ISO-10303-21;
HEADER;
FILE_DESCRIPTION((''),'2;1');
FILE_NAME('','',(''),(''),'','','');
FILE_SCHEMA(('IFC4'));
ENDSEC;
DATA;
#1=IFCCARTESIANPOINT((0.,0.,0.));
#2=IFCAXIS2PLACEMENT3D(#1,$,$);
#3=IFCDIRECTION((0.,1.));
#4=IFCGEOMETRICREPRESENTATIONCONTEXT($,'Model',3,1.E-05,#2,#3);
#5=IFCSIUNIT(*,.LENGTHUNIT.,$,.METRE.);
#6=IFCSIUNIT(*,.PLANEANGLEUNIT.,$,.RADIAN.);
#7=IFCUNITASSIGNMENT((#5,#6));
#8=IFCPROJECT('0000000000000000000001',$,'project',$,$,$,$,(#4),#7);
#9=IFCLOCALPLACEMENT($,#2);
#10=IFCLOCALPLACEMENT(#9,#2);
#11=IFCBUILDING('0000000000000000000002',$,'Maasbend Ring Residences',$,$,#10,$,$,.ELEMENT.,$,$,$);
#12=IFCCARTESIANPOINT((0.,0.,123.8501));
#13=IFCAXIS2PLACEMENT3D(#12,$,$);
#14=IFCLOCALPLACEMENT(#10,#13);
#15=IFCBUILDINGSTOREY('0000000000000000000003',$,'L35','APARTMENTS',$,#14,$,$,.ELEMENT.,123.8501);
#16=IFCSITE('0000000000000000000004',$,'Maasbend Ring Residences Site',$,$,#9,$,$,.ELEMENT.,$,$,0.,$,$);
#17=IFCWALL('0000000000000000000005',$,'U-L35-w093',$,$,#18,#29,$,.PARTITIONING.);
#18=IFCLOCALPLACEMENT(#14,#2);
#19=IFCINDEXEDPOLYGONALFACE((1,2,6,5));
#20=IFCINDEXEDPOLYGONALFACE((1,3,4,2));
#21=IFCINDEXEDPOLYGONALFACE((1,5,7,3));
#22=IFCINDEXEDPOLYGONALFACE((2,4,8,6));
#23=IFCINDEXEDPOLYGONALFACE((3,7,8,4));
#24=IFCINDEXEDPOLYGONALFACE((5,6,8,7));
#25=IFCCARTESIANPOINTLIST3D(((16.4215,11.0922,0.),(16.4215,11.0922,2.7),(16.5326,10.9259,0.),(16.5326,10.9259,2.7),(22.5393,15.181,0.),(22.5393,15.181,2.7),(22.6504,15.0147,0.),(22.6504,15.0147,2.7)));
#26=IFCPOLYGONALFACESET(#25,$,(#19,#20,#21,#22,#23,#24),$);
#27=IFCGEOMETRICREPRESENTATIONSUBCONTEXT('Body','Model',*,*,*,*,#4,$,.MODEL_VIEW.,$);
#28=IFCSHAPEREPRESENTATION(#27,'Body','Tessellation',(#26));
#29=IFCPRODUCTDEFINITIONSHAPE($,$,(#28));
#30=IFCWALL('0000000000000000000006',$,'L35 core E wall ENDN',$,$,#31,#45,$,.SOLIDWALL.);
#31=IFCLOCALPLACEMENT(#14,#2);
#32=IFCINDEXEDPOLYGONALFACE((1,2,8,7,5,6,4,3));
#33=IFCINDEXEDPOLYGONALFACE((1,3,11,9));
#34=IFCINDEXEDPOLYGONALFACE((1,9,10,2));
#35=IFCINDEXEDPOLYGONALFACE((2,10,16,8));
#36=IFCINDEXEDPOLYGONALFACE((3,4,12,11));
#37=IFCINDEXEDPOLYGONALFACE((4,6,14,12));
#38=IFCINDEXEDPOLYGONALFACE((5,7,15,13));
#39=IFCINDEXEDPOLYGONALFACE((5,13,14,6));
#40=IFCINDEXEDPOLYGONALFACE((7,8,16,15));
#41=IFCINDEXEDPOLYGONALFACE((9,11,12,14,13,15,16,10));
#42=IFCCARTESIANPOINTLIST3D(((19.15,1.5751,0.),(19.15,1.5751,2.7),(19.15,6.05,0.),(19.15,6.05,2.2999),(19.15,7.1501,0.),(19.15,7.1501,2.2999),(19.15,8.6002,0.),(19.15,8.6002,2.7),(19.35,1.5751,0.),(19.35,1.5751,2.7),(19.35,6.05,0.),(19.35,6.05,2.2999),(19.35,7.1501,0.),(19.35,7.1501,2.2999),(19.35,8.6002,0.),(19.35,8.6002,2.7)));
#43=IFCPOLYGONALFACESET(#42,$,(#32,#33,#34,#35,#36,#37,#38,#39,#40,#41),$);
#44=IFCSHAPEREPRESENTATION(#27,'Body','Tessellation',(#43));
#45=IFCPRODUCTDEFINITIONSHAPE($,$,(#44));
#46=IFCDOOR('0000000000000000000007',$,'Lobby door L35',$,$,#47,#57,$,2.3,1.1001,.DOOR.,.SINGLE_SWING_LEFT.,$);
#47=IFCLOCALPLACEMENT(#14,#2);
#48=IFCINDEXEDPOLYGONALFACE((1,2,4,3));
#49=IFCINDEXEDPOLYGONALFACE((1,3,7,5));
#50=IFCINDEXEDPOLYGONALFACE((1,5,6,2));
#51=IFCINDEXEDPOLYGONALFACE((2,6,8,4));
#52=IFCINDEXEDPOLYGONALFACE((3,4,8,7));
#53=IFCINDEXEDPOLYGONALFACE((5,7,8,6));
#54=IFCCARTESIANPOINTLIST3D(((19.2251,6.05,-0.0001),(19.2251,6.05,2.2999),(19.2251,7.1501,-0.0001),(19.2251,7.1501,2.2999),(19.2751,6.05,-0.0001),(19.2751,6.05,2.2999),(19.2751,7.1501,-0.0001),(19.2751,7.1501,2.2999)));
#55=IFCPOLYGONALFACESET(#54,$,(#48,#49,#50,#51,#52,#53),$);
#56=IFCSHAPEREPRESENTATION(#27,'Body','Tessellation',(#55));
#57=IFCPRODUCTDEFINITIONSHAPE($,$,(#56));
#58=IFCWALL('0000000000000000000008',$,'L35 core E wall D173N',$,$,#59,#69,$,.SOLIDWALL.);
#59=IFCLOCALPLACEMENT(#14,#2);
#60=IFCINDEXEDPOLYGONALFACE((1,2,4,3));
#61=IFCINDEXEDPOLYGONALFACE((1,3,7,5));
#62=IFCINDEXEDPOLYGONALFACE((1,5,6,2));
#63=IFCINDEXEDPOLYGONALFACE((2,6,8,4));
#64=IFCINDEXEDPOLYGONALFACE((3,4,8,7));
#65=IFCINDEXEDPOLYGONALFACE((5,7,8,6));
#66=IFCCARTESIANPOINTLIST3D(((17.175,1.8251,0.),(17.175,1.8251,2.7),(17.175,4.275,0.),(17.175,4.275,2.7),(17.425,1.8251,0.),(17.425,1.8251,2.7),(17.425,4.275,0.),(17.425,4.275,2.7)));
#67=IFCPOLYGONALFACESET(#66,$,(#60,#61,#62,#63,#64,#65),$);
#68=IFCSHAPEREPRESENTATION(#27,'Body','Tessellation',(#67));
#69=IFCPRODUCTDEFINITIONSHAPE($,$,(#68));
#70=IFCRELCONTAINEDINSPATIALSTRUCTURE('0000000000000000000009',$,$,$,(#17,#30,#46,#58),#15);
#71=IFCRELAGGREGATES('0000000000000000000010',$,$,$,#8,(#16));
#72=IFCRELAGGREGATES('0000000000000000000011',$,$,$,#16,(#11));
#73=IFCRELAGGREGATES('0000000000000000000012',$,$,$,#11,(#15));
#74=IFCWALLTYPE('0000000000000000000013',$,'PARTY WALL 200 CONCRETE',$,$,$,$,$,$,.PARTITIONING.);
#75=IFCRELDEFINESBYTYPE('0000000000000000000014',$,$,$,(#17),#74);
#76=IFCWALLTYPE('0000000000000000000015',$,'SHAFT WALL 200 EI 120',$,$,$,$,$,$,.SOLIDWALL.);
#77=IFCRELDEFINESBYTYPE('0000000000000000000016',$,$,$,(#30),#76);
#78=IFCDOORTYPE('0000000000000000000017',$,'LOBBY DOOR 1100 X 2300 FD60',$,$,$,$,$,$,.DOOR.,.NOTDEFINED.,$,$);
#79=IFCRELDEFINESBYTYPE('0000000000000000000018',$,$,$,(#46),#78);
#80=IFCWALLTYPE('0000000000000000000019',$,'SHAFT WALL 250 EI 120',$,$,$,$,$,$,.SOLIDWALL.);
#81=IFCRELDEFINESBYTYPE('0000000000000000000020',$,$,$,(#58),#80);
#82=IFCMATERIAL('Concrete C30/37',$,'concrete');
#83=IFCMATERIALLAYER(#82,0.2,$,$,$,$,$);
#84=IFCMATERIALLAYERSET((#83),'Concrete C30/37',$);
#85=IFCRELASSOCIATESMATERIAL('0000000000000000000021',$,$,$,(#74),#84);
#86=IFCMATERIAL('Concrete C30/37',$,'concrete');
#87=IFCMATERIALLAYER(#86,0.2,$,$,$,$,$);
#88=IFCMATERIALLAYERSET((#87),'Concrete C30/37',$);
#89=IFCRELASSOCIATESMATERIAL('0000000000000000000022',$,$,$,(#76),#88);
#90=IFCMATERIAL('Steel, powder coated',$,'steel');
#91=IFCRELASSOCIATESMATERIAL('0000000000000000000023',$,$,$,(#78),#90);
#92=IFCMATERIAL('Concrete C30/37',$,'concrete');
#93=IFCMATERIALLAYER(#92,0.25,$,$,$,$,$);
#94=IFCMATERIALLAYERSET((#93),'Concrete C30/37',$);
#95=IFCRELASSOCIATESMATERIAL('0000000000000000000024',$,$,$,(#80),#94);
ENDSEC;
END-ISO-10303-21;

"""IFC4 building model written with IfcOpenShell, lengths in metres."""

from ifc_helpers import new_model, si_unit, direction, frame, frame_2d, origin, place, context, subcontext, project, spatial, rectangle, extrude, material, layer, layer_set, type_object, element, fill, save


model = new_model("IFC4")

# Units and contexts
model_context = context("Model", 3, precision=1e-05, world=origin(), true_north=direction((0.0, 1.0)))
body_context = subcontext(model_context, "Body", "Model", "MODEL_VIEW")
ifc_project = project(units=[si_unit("LENGTHUNIT", "METRE"), si_unit("PLANEANGLEUNIT", "RADIAN")], contexts=[model_context])

# Site, building, storey
site_placement = place(None, origin())
site = spatial("IfcSite", under=ifc_project, at=site_placement, Name="Maasbend Ring Residences Site", CompositionType="ELEMENT", RefElevation=0.0)
building_placement = place(site_placement, origin())
building = spatial("IfcBuilding", under=site, at=building_placement, Name="Maasbend Ring Residences", CompositionType="ELEMENT")
storey_placement = place(building_placement, frame((0.0, 0.0, 123.8501)))
storey = spatial("IfcBuildingStorey", under=building, at=storey_placement, Name="L35", Description="APARTMENTS", CompositionType="ELEMENT", Elevation=123.8501)

# Wall
ifc_material_1 = material(Name="Concrete C30/37", Category="concrete")
ifc_layer_1 = layer(ifc_material_1, 0.2)
ifc_layer_set_1 = layer_set([ifc_layer_1], Name="Concrete C30/37")
wall_type_1 = type_object("IfcWallType", Name="PARTY WALL 200 CONCRETE", PredefinedType="PARTITIONING", material=ifc_layer_set_1)
wall_1_placement = place(storey_placement, frame((16.4771, 11.009, 0.0), z_axis=(0.0, 0.0, 1.0), x_axis=(0.831407, 0.555665, 0.0)))
element("IfcWall", 1, at=wall_1_placement, inside=storey, type_object=wall_type_1, Name="U-L35-w093", PredefinedType="PARTITIONING", context=body_context, shape_type="SweptSolid", body=[
    extrude(rectangle(XDim=7.3584, YDim=0.2, at=frame_2d((3.6792, 0.0))), origin(), (0.0, 0.0, 1.0), 2.7),
])

# Wall, opening, door
ifc_material_2 = material(Name="Concrete C30/37", Category="concrete")
ifc_layer_2 = layer(ifc_material_2, 0.2)
ifc_layer_set_2 = layer_set([ifc_layer_2], Name="Concrete C30/37")
wall_type_2 = type_object("IfcWallType", Name="SHAFT WALL 200 EI 120", PredefinedType="SOLIDWALL", material=ifc_layer_set_2)
wall_2_placement = place(storey_placement, frame((19.25, 1.575, 0.0), z_axis=(0.0, 0.0, 1.0), x_axis=(0.0, 1.0, 0.0)))
wall_2 = element("IfcWall", 2, at=wall_2_placement, inside=storey, type_object=wall_type_2, Name="L35 core E wall ENDN", PredefinedType="SOLIDWALL", context=body_context, shape_type="SweptSolid", body=[
    extrude(rectangle(XDim=7.0251, YDim=0.2, at=frame_2d((3.5127, 0.0))), origin(), (0.0, 0.0, 1.0), 2.7),
])
opening_1_placement = place(wall_2_placement, frame((4.4751, 0.0, 0.0)))
opening_1 = element("IfcOpeningElement", 3, at=opening_1_placement, cuts=wall_2, PredefinedType="OPENING", context=body_context, shape_type="SweptSolid", body=[
    extrude(rectangle(XDim=1.1001, YDim=2.3, at=frame_2d((0.55, 1.1499))), frame((0.0, 0.1099, 0.0), z_axis=(0.0, -1.0, 0.0), x_axis=(1.0, 0.0, 0.0)), (0.0, 0.0, 1.0), 0.22),
])
ifc_material_3 = material(Name="Steel, powder coated", Category="steel")
door_type_1 = type_object("IfcDoorType", Name="LOBBY DOOR 1100 X 2300 FD60", OperationType="NOTDEFINED", PredefinedType="DOOR", material=ifc_material_3)
door_1_placement = place(opening_1_placement, origin())
door_1 = element("IfcDoor", 4, at=door_1_placement, inside=storey, type_object=door_type_1, Name="Lobby door L35", OperationType="SINGLE_SWING_LEFT", OverallHeight=2.3, OverallWidth=1.1001, PredefinedType="DOOR", context=body_context, shape_type="SweptSolid", body=[
    extrude(rectangle(XDim=1.1001, YDim=2.3, at=frame_2d((0.55, 1.1499))), frame((0.0, 0.0249, 0.0), z_axis=(0.0, -1.0, 0.0), x_axis=(1.0, 0.0, 0.0)), (0.0, 0.0, 1.0), 0.05),
])
fill(opening_1, door_1)

# Wall
ifc_material_4 = material(Name="Concrete C30/37", Category="concrete")
ifc_layer_3 = layer(ifc_material_4, 0.25)
ifc_layer_set_3 = layer_set([ifc_layer_3], Name="Concrete C30/37")
wall_type_3 = type_object("IfcWallType", Name="SHAFT WALL 250 EI 120", PredefinedType="SOLIDWALL", material=ifc_layer_set_3)
wall_3_placement = place(storey_placement, frame((17.3, 1.825, 0.0), z_axis=(0.0, 0.0, 1.0), x_axis=(0.0, 1.0, 0.0)))
element("IfcWall", 5, at=wall_3_placement, inside=storey, type_object=wall_type_3, Name="L35 core E wall D173N", PredefinedType="SOLIDWALL", context=body_context, shape_type="SweptSolid", body=[
    extrude(rectangle(XDim=2.45, YDim=0.25, at=frame_2d((1.2251, 0.0))), origin(), (0.0, 0.0, 1.0), 2.7),
])

save(model, "model.ifc")
